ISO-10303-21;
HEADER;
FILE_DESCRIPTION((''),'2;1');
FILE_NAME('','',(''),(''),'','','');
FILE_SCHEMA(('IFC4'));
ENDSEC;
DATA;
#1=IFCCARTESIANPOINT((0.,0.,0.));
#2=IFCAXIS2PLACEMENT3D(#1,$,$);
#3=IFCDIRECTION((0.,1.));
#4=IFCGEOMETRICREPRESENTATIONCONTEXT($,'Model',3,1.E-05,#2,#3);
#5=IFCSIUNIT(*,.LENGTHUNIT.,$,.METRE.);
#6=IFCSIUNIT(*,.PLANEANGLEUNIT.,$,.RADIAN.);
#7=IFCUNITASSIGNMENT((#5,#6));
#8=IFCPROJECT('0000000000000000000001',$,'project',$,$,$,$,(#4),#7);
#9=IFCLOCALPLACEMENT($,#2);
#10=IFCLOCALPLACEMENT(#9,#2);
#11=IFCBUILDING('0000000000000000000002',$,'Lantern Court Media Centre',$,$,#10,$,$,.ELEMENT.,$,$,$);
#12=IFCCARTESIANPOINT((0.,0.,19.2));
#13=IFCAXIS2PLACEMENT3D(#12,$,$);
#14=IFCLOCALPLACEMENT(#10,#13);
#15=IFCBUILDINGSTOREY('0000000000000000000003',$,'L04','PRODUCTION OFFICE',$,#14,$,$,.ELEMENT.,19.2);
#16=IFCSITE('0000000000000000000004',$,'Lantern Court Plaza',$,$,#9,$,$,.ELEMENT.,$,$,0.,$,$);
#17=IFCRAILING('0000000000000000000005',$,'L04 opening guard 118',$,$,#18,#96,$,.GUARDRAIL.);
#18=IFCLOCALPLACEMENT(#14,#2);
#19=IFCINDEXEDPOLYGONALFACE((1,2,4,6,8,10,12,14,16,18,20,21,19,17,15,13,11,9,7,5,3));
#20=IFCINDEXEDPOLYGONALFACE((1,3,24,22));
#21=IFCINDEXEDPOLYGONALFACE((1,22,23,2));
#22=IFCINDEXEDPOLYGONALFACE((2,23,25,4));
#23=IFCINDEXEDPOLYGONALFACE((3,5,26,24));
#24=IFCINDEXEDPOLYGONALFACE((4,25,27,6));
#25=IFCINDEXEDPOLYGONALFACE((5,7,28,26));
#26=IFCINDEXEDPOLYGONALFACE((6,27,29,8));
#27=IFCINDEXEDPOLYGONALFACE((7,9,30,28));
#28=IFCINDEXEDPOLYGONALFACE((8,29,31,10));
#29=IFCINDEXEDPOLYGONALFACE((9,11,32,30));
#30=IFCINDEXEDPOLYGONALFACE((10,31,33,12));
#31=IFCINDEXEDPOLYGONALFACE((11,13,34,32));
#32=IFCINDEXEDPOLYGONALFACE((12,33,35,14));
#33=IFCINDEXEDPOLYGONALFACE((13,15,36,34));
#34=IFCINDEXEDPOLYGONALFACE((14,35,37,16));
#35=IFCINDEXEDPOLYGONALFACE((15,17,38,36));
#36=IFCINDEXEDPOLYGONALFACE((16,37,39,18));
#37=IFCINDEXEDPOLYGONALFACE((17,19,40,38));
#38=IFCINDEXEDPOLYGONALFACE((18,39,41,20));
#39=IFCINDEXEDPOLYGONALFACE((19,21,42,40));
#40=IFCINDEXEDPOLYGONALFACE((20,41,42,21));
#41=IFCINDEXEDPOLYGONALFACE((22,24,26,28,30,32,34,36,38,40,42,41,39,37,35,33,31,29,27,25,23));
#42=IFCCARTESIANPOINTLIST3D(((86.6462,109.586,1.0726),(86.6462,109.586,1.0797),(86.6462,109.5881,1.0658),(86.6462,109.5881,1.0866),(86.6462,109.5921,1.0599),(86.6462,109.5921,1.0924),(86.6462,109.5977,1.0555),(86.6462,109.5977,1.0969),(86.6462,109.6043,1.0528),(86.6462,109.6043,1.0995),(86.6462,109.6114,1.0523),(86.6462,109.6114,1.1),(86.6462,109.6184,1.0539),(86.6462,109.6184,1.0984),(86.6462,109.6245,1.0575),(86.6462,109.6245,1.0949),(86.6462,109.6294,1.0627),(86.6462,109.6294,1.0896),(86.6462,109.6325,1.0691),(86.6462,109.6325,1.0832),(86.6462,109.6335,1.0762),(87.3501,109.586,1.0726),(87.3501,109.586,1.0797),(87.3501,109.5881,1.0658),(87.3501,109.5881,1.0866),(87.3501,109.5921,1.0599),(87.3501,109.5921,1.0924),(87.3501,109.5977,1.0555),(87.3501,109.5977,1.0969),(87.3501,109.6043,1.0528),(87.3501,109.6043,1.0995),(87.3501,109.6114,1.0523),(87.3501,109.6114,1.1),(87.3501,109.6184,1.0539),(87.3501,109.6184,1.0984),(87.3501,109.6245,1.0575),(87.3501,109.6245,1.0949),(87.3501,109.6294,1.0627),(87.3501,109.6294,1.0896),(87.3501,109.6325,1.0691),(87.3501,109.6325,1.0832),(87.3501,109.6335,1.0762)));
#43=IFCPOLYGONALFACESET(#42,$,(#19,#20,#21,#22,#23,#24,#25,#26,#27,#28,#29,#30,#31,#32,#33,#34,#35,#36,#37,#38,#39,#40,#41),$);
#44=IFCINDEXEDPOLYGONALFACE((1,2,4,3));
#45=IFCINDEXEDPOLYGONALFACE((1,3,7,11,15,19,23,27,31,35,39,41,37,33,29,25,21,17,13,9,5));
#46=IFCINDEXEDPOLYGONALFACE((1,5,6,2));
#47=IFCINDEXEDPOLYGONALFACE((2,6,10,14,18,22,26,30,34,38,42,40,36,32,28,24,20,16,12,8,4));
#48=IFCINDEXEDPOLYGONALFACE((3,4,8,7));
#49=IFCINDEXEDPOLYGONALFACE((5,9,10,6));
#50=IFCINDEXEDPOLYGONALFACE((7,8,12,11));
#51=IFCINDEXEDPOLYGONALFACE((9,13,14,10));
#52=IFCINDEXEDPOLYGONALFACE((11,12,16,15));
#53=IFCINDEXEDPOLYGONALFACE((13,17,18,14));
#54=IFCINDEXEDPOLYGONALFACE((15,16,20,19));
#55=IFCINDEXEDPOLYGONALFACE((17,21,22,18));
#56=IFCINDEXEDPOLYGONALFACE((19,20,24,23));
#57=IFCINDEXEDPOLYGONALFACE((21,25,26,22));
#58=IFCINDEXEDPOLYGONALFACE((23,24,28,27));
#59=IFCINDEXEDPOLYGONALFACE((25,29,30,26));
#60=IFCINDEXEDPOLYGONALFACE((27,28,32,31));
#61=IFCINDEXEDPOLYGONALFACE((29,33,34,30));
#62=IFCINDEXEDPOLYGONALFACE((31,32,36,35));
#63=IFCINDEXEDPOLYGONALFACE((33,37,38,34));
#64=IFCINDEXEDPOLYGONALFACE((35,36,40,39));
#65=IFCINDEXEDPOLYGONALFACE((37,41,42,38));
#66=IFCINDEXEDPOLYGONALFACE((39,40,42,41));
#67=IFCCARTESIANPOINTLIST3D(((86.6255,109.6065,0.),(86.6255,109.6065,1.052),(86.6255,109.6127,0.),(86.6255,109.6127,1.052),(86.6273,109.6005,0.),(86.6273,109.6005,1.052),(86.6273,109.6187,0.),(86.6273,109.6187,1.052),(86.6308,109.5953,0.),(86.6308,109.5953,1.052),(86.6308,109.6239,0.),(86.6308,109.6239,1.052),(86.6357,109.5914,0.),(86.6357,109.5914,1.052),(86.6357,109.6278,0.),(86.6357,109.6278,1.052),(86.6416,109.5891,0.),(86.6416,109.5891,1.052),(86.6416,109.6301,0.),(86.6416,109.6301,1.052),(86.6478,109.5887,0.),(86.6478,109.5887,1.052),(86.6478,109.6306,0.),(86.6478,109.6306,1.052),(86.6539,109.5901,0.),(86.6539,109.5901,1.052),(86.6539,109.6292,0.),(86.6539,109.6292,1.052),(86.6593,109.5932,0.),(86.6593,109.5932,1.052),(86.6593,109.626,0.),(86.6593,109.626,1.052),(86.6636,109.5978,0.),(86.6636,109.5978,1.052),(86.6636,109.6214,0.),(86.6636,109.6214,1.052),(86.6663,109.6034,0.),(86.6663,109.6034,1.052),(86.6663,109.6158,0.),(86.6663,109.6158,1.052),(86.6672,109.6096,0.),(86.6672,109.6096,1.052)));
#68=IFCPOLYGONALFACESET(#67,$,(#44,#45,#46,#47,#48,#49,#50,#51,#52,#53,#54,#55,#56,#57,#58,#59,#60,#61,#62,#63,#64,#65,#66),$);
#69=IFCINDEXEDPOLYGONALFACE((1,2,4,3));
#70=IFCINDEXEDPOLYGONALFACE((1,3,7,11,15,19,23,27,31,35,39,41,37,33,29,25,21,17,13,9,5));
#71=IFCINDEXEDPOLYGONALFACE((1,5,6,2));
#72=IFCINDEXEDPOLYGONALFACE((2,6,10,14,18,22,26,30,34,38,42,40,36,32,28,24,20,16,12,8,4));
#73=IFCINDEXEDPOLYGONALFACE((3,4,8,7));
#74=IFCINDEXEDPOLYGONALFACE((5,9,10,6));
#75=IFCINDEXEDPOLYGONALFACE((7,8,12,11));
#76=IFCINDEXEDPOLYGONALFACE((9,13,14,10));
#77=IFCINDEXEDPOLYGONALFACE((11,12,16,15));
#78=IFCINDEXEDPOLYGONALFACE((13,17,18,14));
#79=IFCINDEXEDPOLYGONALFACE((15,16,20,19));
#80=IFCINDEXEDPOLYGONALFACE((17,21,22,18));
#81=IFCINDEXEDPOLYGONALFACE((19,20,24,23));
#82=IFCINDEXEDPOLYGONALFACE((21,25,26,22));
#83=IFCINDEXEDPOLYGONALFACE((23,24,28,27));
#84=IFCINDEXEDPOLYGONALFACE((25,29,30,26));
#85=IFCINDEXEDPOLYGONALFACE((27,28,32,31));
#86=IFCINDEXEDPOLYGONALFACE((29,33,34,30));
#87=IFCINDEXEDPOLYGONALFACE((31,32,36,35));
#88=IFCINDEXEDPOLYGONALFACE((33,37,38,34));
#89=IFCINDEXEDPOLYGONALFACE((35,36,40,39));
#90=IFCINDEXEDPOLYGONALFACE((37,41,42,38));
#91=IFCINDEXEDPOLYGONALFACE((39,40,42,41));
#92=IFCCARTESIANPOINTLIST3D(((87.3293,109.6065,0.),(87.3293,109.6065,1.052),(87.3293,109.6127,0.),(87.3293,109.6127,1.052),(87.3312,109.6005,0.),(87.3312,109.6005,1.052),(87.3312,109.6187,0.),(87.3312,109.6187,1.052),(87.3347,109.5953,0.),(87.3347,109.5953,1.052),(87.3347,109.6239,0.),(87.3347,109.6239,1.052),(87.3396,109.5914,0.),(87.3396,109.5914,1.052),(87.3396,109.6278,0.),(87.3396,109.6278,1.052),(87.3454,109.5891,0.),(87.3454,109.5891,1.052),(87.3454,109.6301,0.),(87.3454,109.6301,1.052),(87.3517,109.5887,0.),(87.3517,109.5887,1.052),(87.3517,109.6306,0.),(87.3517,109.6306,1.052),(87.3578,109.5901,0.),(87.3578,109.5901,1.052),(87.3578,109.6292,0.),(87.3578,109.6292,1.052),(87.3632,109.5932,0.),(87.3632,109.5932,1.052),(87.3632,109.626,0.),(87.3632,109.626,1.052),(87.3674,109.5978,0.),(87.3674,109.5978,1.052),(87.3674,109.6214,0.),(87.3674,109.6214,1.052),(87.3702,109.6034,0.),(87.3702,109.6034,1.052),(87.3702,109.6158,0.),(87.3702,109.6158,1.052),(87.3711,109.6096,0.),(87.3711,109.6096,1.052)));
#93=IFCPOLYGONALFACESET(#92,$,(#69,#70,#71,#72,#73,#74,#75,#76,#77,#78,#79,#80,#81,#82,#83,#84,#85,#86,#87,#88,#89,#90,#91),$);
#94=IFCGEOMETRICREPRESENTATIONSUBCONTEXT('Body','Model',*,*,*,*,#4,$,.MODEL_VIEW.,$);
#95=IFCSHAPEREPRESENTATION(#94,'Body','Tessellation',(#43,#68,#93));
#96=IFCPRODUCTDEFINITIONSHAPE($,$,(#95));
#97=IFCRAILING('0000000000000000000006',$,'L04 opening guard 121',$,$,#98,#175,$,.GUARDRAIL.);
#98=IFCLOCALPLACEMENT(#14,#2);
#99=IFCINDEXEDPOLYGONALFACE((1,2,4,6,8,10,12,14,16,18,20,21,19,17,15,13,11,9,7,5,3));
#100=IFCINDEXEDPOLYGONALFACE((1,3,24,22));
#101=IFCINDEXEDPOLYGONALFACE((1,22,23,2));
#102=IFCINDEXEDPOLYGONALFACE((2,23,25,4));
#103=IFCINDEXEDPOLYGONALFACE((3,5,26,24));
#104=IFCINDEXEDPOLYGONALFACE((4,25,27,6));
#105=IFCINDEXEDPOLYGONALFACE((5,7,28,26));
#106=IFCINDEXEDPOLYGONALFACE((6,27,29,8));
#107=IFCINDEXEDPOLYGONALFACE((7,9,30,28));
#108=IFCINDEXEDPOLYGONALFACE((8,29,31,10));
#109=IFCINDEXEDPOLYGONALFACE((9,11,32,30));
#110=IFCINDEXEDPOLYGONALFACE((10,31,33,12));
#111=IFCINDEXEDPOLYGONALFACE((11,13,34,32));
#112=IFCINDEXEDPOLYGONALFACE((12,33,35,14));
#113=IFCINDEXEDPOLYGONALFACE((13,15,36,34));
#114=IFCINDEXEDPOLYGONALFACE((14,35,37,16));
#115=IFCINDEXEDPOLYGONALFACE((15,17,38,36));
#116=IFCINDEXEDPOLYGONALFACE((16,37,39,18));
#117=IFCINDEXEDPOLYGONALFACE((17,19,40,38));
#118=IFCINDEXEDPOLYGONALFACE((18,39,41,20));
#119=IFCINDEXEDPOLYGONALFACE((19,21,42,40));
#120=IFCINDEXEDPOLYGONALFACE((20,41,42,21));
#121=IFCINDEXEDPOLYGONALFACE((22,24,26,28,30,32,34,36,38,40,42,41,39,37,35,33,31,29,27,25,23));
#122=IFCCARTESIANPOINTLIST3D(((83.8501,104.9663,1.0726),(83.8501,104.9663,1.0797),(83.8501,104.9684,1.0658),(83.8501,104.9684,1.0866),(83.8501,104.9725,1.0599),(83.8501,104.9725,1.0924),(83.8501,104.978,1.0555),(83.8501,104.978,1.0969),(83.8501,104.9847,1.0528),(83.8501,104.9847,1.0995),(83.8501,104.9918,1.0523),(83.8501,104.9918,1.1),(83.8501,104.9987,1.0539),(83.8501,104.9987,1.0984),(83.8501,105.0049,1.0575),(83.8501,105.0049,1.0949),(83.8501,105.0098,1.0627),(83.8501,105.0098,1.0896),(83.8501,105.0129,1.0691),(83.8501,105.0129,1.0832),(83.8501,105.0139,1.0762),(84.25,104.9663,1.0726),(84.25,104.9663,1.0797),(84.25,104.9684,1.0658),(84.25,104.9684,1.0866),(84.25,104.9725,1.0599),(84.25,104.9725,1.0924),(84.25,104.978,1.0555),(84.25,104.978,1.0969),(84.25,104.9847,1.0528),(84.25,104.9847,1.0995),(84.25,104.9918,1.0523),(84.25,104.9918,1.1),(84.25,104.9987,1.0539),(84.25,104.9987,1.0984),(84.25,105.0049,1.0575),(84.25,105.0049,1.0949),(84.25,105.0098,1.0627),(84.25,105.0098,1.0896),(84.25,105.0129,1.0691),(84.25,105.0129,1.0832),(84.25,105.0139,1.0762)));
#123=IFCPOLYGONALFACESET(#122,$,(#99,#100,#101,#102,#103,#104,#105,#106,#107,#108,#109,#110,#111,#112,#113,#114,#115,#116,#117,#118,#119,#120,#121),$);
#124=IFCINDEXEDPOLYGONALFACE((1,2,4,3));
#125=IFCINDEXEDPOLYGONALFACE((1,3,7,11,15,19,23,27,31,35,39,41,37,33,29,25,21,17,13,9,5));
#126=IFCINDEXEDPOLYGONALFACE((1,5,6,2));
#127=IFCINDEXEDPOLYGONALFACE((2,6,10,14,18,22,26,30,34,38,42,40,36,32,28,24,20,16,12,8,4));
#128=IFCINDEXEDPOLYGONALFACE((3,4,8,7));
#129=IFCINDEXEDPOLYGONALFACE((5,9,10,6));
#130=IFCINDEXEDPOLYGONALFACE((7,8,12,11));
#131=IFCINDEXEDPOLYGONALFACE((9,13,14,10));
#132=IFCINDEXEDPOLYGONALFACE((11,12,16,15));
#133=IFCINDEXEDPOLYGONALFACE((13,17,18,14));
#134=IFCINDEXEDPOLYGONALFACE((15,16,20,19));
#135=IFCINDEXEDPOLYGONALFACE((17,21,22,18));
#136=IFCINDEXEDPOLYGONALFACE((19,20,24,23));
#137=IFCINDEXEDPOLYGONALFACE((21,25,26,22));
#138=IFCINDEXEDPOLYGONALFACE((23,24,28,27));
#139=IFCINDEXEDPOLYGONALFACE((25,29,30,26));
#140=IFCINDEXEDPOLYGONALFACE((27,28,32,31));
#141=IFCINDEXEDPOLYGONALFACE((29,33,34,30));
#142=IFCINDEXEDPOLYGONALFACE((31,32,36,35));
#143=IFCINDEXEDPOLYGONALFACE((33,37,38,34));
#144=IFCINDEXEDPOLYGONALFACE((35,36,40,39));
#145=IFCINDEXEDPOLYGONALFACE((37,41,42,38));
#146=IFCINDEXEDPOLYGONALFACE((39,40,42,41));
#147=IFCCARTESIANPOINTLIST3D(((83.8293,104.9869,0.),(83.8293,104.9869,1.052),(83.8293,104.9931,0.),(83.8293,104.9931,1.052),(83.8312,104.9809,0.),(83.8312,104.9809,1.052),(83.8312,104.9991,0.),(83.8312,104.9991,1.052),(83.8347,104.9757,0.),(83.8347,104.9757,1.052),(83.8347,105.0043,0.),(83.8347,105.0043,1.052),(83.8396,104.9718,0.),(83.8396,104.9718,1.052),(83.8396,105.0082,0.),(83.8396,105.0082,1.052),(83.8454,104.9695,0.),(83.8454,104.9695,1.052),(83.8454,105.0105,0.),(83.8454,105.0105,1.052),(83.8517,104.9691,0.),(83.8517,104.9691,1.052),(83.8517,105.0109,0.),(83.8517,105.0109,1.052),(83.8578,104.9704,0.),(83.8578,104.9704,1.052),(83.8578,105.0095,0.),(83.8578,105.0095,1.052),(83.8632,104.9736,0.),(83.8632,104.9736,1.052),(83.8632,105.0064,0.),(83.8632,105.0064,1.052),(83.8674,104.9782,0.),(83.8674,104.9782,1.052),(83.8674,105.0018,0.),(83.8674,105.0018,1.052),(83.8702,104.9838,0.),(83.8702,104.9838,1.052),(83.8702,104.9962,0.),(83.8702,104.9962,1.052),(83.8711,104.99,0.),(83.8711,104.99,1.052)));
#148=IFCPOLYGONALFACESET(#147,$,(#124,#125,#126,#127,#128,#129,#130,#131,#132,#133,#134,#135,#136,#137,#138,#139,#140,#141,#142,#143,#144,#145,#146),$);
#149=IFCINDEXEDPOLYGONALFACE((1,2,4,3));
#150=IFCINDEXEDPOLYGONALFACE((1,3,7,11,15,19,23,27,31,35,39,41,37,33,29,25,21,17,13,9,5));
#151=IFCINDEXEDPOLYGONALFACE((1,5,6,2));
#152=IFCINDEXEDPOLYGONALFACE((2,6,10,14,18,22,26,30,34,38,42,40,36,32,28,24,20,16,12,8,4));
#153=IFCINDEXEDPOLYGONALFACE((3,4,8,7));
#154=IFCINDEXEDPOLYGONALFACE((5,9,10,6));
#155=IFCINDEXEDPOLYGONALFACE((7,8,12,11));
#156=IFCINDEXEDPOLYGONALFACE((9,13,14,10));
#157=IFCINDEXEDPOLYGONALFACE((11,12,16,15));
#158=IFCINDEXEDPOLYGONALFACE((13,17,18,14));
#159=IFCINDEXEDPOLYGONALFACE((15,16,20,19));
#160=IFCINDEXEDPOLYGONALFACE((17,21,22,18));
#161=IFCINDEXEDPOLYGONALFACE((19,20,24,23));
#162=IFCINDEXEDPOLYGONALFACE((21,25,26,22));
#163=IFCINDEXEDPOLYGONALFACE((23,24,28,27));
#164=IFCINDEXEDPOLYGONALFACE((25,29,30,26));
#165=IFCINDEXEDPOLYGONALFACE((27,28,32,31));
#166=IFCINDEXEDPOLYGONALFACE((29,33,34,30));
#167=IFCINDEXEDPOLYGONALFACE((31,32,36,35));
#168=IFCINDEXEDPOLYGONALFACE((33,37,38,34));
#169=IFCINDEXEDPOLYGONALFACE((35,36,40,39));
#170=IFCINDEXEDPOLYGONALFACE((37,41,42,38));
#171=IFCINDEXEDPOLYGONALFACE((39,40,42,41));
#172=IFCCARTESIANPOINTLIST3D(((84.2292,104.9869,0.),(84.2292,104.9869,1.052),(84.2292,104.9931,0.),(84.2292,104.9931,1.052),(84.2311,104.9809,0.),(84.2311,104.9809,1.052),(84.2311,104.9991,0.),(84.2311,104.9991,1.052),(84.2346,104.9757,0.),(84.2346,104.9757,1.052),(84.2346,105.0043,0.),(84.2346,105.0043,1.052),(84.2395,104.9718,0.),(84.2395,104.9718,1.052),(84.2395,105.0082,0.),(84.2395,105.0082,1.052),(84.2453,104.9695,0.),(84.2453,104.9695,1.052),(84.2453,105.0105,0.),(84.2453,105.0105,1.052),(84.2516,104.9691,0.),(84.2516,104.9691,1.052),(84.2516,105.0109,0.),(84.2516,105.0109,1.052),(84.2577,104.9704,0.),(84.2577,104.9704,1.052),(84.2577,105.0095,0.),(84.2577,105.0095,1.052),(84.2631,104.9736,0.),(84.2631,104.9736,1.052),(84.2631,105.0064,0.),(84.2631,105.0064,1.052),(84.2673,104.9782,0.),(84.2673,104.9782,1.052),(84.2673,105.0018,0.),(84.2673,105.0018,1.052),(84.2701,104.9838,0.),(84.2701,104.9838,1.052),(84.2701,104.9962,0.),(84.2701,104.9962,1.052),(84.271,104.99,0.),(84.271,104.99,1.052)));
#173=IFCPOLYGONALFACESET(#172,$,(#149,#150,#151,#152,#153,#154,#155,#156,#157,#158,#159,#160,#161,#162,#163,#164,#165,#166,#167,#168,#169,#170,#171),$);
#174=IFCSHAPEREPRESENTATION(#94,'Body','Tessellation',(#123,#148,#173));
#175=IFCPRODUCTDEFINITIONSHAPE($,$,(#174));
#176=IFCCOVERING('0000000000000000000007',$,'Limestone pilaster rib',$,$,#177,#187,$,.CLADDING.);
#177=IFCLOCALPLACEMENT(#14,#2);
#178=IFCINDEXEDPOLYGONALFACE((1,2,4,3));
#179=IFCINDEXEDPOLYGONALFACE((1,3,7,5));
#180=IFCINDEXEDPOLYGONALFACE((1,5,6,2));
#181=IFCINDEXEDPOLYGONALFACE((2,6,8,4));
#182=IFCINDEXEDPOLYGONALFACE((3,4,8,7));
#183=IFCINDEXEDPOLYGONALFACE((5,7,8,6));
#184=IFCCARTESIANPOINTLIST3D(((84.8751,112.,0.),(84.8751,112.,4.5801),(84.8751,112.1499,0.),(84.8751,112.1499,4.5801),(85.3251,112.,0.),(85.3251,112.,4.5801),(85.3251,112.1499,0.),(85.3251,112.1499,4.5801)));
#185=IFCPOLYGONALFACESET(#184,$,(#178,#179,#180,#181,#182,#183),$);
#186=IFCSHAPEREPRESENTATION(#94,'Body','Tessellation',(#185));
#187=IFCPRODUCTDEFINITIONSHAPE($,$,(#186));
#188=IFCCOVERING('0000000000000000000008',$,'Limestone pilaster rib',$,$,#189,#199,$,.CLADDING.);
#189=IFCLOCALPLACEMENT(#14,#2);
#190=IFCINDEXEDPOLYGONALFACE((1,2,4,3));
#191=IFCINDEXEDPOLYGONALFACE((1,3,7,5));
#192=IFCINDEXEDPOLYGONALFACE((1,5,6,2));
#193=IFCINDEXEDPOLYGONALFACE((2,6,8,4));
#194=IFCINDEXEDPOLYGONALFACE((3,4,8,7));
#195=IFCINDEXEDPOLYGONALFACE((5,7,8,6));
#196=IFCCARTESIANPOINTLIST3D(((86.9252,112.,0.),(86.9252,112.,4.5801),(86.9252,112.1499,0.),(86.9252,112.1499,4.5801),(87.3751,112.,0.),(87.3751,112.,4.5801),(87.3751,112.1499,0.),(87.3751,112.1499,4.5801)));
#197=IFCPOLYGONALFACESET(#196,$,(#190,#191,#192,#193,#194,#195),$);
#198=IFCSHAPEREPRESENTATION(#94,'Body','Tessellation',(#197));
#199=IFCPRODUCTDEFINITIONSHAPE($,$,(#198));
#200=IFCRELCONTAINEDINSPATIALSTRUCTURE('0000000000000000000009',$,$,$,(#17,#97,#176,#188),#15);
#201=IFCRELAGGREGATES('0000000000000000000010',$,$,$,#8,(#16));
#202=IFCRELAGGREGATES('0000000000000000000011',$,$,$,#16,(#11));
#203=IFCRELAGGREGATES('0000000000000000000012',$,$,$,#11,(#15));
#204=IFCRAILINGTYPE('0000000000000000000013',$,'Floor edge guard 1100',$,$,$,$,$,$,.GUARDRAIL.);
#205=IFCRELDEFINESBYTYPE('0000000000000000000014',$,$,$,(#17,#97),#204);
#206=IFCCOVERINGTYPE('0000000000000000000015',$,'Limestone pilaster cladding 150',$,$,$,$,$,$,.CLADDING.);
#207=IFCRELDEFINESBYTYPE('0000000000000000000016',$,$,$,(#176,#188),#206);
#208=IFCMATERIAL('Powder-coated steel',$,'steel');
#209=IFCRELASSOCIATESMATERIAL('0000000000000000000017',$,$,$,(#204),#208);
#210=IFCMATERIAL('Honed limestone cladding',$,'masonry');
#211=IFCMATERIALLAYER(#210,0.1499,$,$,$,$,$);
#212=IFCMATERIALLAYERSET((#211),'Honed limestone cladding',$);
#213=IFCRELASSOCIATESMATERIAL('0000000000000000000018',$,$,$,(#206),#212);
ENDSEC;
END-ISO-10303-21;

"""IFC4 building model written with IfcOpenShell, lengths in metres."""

from ifc_helpers import new_model, si_unit, direction, frame, frame_2d, origin, origin_2d, place, context, subcontext, project, spatial, rectangle, circle, extrude, material, layer, layer_set, type_object, element, save


model = new_model("IFC4")

# Units and contexts
model_context = context("Model", 3, precision=1e-05, world=origin(), true_north=direction((0.0, 1.0)))
body_context = subcontext(model_context, "Body", "Model", "MODEL_VIEW")
ifc_project = project(units=[si_unit("LENGTHUNIT", "METRE"), si_unit("PLANEANGLEUNIT", "RADIAN")], contexts=[model_context])

# Site, building, storey
site_placement = place(None, origin())
site = spatial("IfcSite", under=ifc_project, at=site_placement, Name="Lantern Court Plaza", CompositionType="ELEMENT", RefElevation=0.0)
building_placement = place(site_placement, origin())
building = spatial("IfcBuilding", under=site, at=building_placement, Name="Lantern Court Media Centre", CompositionType="ELEMENT")
storey_placement = place(building_placement, frame((0.0, 0.0, 19.2)))
storey = spatial("IfcBuildingStorey", under=building, at=storey_placement, Name="L04", Description="PRODUCTION OFFICE", CompositionType="ELEMENT", Elevation=19.2)

# Railings
ifc_material_1 = material(Name="Powder-coated steel", Category="steel")
railing_type_1 = type_object("IfcRailingType", Name="Floor edge guard 1100", PredefinedType="GUARDRAIL", material=ifc_material_1)
railing_1_placement = place(storey_placement, frame((86.6462, 109.6096, 0.0)))
element("IfcRailing", 1, at=railing_1_placement, inside=storey, type_object=railing_type_1, Name="L04 opening guard 118", PredefinedType="GUARDRAIL", context=body_context, shape_type="SweptSolid", body=[
    extrude(circle(Radius=0.0239, at=origin_2d()), frame((0.0, 0.0, 1.0762), z_axis=(1.0, 0.0, 0.0), x_axis=(0.0, 1.0, 0.0)), (0.0, 0.0, 1.0), 0.7039),
    extrude(circle(Radius=0.021, at=origin_2d()), origin(), (0.0, 0.0, 1.0), 1.052),
    extrude(circle(Radius=0.021, at=origin_2d()), frame((0.7039, 0.0, 0.0)), (0.0, 0.0, 1.0), 1.052),
])
railing_2_placement = place(storey_placement, frame((83.8501, 104.99, 0.0)))
element("IfcRailing", 2, at=railing_2_placement, inside=storey, type_object=railing_type_1, Name="L04 opening guard 121", PredefinedType="GUARDRAIL", context=body_context, shape_type="SweptSolid", body=[
    extrude(circle(Radius=0.0239, at=origin_2d()), frame((0.0, 0.0, 1.0762), z_axis=(1.0, 0.0, 0.0), x_axis=(0.0, 1.0, 0.0)), (0.0, 0.0, 1.0), 0.3999),
    extrude(circle(Radius=0.021, at=origin_2d()), origin(), (0.0, 0.0, 1.0), 1.052),
    extrude(circle(Radius=0.021, at=origin_2d()), frame((0.3999, 0.0, 0.0)), (0.0, 0.0, 1.0), 1.052),
])

# Coverings
ifc_material_2 = material(Name="Honed limestone cladding", Category="masonry")
ifc_layer_1 = layer(ifc_material_2, 0.1499)
ifc_layer_set_1 = layer_set([ifc_layer_1], Name="Honed limestone cladding")
covering_type = type_object("IfcCoveringType", Name="Limestone pilaster cladding 150", PredefinedType="CLADDING", material=ifc_layer_set_1)
for number, where, z_axis, x_axis, name in (
    (3, (84.875, 112.075, 0.0), (0.0, 0.0, 1.0), (1.0, 0.0, 0.0), "Limestone pilaster rib"),
    (4, (86.925, 112.075, 0.0), (0.0, 0.0, 1.0), (1.0, 0.0, 0.0), "Limestone pilaster rib"),
):
    element("IfcCovering", number, at=place(storey_placement, frame(where, z_axis=z_axis, x_axis=x_axis)), inside=storey, type_object=covering_type, Name=name, PredefinedType="CLADDING", context=body_context, shape_type="SweptSolid", body=[
        extrude(rectangle(XDim=0.45, YDim=0.1499, at=frame_2d((0.2251, 0.0))), origin(), (0.0, 0.0, 1.0), 4.5801),
    ])

save(model, "model.ifc")
